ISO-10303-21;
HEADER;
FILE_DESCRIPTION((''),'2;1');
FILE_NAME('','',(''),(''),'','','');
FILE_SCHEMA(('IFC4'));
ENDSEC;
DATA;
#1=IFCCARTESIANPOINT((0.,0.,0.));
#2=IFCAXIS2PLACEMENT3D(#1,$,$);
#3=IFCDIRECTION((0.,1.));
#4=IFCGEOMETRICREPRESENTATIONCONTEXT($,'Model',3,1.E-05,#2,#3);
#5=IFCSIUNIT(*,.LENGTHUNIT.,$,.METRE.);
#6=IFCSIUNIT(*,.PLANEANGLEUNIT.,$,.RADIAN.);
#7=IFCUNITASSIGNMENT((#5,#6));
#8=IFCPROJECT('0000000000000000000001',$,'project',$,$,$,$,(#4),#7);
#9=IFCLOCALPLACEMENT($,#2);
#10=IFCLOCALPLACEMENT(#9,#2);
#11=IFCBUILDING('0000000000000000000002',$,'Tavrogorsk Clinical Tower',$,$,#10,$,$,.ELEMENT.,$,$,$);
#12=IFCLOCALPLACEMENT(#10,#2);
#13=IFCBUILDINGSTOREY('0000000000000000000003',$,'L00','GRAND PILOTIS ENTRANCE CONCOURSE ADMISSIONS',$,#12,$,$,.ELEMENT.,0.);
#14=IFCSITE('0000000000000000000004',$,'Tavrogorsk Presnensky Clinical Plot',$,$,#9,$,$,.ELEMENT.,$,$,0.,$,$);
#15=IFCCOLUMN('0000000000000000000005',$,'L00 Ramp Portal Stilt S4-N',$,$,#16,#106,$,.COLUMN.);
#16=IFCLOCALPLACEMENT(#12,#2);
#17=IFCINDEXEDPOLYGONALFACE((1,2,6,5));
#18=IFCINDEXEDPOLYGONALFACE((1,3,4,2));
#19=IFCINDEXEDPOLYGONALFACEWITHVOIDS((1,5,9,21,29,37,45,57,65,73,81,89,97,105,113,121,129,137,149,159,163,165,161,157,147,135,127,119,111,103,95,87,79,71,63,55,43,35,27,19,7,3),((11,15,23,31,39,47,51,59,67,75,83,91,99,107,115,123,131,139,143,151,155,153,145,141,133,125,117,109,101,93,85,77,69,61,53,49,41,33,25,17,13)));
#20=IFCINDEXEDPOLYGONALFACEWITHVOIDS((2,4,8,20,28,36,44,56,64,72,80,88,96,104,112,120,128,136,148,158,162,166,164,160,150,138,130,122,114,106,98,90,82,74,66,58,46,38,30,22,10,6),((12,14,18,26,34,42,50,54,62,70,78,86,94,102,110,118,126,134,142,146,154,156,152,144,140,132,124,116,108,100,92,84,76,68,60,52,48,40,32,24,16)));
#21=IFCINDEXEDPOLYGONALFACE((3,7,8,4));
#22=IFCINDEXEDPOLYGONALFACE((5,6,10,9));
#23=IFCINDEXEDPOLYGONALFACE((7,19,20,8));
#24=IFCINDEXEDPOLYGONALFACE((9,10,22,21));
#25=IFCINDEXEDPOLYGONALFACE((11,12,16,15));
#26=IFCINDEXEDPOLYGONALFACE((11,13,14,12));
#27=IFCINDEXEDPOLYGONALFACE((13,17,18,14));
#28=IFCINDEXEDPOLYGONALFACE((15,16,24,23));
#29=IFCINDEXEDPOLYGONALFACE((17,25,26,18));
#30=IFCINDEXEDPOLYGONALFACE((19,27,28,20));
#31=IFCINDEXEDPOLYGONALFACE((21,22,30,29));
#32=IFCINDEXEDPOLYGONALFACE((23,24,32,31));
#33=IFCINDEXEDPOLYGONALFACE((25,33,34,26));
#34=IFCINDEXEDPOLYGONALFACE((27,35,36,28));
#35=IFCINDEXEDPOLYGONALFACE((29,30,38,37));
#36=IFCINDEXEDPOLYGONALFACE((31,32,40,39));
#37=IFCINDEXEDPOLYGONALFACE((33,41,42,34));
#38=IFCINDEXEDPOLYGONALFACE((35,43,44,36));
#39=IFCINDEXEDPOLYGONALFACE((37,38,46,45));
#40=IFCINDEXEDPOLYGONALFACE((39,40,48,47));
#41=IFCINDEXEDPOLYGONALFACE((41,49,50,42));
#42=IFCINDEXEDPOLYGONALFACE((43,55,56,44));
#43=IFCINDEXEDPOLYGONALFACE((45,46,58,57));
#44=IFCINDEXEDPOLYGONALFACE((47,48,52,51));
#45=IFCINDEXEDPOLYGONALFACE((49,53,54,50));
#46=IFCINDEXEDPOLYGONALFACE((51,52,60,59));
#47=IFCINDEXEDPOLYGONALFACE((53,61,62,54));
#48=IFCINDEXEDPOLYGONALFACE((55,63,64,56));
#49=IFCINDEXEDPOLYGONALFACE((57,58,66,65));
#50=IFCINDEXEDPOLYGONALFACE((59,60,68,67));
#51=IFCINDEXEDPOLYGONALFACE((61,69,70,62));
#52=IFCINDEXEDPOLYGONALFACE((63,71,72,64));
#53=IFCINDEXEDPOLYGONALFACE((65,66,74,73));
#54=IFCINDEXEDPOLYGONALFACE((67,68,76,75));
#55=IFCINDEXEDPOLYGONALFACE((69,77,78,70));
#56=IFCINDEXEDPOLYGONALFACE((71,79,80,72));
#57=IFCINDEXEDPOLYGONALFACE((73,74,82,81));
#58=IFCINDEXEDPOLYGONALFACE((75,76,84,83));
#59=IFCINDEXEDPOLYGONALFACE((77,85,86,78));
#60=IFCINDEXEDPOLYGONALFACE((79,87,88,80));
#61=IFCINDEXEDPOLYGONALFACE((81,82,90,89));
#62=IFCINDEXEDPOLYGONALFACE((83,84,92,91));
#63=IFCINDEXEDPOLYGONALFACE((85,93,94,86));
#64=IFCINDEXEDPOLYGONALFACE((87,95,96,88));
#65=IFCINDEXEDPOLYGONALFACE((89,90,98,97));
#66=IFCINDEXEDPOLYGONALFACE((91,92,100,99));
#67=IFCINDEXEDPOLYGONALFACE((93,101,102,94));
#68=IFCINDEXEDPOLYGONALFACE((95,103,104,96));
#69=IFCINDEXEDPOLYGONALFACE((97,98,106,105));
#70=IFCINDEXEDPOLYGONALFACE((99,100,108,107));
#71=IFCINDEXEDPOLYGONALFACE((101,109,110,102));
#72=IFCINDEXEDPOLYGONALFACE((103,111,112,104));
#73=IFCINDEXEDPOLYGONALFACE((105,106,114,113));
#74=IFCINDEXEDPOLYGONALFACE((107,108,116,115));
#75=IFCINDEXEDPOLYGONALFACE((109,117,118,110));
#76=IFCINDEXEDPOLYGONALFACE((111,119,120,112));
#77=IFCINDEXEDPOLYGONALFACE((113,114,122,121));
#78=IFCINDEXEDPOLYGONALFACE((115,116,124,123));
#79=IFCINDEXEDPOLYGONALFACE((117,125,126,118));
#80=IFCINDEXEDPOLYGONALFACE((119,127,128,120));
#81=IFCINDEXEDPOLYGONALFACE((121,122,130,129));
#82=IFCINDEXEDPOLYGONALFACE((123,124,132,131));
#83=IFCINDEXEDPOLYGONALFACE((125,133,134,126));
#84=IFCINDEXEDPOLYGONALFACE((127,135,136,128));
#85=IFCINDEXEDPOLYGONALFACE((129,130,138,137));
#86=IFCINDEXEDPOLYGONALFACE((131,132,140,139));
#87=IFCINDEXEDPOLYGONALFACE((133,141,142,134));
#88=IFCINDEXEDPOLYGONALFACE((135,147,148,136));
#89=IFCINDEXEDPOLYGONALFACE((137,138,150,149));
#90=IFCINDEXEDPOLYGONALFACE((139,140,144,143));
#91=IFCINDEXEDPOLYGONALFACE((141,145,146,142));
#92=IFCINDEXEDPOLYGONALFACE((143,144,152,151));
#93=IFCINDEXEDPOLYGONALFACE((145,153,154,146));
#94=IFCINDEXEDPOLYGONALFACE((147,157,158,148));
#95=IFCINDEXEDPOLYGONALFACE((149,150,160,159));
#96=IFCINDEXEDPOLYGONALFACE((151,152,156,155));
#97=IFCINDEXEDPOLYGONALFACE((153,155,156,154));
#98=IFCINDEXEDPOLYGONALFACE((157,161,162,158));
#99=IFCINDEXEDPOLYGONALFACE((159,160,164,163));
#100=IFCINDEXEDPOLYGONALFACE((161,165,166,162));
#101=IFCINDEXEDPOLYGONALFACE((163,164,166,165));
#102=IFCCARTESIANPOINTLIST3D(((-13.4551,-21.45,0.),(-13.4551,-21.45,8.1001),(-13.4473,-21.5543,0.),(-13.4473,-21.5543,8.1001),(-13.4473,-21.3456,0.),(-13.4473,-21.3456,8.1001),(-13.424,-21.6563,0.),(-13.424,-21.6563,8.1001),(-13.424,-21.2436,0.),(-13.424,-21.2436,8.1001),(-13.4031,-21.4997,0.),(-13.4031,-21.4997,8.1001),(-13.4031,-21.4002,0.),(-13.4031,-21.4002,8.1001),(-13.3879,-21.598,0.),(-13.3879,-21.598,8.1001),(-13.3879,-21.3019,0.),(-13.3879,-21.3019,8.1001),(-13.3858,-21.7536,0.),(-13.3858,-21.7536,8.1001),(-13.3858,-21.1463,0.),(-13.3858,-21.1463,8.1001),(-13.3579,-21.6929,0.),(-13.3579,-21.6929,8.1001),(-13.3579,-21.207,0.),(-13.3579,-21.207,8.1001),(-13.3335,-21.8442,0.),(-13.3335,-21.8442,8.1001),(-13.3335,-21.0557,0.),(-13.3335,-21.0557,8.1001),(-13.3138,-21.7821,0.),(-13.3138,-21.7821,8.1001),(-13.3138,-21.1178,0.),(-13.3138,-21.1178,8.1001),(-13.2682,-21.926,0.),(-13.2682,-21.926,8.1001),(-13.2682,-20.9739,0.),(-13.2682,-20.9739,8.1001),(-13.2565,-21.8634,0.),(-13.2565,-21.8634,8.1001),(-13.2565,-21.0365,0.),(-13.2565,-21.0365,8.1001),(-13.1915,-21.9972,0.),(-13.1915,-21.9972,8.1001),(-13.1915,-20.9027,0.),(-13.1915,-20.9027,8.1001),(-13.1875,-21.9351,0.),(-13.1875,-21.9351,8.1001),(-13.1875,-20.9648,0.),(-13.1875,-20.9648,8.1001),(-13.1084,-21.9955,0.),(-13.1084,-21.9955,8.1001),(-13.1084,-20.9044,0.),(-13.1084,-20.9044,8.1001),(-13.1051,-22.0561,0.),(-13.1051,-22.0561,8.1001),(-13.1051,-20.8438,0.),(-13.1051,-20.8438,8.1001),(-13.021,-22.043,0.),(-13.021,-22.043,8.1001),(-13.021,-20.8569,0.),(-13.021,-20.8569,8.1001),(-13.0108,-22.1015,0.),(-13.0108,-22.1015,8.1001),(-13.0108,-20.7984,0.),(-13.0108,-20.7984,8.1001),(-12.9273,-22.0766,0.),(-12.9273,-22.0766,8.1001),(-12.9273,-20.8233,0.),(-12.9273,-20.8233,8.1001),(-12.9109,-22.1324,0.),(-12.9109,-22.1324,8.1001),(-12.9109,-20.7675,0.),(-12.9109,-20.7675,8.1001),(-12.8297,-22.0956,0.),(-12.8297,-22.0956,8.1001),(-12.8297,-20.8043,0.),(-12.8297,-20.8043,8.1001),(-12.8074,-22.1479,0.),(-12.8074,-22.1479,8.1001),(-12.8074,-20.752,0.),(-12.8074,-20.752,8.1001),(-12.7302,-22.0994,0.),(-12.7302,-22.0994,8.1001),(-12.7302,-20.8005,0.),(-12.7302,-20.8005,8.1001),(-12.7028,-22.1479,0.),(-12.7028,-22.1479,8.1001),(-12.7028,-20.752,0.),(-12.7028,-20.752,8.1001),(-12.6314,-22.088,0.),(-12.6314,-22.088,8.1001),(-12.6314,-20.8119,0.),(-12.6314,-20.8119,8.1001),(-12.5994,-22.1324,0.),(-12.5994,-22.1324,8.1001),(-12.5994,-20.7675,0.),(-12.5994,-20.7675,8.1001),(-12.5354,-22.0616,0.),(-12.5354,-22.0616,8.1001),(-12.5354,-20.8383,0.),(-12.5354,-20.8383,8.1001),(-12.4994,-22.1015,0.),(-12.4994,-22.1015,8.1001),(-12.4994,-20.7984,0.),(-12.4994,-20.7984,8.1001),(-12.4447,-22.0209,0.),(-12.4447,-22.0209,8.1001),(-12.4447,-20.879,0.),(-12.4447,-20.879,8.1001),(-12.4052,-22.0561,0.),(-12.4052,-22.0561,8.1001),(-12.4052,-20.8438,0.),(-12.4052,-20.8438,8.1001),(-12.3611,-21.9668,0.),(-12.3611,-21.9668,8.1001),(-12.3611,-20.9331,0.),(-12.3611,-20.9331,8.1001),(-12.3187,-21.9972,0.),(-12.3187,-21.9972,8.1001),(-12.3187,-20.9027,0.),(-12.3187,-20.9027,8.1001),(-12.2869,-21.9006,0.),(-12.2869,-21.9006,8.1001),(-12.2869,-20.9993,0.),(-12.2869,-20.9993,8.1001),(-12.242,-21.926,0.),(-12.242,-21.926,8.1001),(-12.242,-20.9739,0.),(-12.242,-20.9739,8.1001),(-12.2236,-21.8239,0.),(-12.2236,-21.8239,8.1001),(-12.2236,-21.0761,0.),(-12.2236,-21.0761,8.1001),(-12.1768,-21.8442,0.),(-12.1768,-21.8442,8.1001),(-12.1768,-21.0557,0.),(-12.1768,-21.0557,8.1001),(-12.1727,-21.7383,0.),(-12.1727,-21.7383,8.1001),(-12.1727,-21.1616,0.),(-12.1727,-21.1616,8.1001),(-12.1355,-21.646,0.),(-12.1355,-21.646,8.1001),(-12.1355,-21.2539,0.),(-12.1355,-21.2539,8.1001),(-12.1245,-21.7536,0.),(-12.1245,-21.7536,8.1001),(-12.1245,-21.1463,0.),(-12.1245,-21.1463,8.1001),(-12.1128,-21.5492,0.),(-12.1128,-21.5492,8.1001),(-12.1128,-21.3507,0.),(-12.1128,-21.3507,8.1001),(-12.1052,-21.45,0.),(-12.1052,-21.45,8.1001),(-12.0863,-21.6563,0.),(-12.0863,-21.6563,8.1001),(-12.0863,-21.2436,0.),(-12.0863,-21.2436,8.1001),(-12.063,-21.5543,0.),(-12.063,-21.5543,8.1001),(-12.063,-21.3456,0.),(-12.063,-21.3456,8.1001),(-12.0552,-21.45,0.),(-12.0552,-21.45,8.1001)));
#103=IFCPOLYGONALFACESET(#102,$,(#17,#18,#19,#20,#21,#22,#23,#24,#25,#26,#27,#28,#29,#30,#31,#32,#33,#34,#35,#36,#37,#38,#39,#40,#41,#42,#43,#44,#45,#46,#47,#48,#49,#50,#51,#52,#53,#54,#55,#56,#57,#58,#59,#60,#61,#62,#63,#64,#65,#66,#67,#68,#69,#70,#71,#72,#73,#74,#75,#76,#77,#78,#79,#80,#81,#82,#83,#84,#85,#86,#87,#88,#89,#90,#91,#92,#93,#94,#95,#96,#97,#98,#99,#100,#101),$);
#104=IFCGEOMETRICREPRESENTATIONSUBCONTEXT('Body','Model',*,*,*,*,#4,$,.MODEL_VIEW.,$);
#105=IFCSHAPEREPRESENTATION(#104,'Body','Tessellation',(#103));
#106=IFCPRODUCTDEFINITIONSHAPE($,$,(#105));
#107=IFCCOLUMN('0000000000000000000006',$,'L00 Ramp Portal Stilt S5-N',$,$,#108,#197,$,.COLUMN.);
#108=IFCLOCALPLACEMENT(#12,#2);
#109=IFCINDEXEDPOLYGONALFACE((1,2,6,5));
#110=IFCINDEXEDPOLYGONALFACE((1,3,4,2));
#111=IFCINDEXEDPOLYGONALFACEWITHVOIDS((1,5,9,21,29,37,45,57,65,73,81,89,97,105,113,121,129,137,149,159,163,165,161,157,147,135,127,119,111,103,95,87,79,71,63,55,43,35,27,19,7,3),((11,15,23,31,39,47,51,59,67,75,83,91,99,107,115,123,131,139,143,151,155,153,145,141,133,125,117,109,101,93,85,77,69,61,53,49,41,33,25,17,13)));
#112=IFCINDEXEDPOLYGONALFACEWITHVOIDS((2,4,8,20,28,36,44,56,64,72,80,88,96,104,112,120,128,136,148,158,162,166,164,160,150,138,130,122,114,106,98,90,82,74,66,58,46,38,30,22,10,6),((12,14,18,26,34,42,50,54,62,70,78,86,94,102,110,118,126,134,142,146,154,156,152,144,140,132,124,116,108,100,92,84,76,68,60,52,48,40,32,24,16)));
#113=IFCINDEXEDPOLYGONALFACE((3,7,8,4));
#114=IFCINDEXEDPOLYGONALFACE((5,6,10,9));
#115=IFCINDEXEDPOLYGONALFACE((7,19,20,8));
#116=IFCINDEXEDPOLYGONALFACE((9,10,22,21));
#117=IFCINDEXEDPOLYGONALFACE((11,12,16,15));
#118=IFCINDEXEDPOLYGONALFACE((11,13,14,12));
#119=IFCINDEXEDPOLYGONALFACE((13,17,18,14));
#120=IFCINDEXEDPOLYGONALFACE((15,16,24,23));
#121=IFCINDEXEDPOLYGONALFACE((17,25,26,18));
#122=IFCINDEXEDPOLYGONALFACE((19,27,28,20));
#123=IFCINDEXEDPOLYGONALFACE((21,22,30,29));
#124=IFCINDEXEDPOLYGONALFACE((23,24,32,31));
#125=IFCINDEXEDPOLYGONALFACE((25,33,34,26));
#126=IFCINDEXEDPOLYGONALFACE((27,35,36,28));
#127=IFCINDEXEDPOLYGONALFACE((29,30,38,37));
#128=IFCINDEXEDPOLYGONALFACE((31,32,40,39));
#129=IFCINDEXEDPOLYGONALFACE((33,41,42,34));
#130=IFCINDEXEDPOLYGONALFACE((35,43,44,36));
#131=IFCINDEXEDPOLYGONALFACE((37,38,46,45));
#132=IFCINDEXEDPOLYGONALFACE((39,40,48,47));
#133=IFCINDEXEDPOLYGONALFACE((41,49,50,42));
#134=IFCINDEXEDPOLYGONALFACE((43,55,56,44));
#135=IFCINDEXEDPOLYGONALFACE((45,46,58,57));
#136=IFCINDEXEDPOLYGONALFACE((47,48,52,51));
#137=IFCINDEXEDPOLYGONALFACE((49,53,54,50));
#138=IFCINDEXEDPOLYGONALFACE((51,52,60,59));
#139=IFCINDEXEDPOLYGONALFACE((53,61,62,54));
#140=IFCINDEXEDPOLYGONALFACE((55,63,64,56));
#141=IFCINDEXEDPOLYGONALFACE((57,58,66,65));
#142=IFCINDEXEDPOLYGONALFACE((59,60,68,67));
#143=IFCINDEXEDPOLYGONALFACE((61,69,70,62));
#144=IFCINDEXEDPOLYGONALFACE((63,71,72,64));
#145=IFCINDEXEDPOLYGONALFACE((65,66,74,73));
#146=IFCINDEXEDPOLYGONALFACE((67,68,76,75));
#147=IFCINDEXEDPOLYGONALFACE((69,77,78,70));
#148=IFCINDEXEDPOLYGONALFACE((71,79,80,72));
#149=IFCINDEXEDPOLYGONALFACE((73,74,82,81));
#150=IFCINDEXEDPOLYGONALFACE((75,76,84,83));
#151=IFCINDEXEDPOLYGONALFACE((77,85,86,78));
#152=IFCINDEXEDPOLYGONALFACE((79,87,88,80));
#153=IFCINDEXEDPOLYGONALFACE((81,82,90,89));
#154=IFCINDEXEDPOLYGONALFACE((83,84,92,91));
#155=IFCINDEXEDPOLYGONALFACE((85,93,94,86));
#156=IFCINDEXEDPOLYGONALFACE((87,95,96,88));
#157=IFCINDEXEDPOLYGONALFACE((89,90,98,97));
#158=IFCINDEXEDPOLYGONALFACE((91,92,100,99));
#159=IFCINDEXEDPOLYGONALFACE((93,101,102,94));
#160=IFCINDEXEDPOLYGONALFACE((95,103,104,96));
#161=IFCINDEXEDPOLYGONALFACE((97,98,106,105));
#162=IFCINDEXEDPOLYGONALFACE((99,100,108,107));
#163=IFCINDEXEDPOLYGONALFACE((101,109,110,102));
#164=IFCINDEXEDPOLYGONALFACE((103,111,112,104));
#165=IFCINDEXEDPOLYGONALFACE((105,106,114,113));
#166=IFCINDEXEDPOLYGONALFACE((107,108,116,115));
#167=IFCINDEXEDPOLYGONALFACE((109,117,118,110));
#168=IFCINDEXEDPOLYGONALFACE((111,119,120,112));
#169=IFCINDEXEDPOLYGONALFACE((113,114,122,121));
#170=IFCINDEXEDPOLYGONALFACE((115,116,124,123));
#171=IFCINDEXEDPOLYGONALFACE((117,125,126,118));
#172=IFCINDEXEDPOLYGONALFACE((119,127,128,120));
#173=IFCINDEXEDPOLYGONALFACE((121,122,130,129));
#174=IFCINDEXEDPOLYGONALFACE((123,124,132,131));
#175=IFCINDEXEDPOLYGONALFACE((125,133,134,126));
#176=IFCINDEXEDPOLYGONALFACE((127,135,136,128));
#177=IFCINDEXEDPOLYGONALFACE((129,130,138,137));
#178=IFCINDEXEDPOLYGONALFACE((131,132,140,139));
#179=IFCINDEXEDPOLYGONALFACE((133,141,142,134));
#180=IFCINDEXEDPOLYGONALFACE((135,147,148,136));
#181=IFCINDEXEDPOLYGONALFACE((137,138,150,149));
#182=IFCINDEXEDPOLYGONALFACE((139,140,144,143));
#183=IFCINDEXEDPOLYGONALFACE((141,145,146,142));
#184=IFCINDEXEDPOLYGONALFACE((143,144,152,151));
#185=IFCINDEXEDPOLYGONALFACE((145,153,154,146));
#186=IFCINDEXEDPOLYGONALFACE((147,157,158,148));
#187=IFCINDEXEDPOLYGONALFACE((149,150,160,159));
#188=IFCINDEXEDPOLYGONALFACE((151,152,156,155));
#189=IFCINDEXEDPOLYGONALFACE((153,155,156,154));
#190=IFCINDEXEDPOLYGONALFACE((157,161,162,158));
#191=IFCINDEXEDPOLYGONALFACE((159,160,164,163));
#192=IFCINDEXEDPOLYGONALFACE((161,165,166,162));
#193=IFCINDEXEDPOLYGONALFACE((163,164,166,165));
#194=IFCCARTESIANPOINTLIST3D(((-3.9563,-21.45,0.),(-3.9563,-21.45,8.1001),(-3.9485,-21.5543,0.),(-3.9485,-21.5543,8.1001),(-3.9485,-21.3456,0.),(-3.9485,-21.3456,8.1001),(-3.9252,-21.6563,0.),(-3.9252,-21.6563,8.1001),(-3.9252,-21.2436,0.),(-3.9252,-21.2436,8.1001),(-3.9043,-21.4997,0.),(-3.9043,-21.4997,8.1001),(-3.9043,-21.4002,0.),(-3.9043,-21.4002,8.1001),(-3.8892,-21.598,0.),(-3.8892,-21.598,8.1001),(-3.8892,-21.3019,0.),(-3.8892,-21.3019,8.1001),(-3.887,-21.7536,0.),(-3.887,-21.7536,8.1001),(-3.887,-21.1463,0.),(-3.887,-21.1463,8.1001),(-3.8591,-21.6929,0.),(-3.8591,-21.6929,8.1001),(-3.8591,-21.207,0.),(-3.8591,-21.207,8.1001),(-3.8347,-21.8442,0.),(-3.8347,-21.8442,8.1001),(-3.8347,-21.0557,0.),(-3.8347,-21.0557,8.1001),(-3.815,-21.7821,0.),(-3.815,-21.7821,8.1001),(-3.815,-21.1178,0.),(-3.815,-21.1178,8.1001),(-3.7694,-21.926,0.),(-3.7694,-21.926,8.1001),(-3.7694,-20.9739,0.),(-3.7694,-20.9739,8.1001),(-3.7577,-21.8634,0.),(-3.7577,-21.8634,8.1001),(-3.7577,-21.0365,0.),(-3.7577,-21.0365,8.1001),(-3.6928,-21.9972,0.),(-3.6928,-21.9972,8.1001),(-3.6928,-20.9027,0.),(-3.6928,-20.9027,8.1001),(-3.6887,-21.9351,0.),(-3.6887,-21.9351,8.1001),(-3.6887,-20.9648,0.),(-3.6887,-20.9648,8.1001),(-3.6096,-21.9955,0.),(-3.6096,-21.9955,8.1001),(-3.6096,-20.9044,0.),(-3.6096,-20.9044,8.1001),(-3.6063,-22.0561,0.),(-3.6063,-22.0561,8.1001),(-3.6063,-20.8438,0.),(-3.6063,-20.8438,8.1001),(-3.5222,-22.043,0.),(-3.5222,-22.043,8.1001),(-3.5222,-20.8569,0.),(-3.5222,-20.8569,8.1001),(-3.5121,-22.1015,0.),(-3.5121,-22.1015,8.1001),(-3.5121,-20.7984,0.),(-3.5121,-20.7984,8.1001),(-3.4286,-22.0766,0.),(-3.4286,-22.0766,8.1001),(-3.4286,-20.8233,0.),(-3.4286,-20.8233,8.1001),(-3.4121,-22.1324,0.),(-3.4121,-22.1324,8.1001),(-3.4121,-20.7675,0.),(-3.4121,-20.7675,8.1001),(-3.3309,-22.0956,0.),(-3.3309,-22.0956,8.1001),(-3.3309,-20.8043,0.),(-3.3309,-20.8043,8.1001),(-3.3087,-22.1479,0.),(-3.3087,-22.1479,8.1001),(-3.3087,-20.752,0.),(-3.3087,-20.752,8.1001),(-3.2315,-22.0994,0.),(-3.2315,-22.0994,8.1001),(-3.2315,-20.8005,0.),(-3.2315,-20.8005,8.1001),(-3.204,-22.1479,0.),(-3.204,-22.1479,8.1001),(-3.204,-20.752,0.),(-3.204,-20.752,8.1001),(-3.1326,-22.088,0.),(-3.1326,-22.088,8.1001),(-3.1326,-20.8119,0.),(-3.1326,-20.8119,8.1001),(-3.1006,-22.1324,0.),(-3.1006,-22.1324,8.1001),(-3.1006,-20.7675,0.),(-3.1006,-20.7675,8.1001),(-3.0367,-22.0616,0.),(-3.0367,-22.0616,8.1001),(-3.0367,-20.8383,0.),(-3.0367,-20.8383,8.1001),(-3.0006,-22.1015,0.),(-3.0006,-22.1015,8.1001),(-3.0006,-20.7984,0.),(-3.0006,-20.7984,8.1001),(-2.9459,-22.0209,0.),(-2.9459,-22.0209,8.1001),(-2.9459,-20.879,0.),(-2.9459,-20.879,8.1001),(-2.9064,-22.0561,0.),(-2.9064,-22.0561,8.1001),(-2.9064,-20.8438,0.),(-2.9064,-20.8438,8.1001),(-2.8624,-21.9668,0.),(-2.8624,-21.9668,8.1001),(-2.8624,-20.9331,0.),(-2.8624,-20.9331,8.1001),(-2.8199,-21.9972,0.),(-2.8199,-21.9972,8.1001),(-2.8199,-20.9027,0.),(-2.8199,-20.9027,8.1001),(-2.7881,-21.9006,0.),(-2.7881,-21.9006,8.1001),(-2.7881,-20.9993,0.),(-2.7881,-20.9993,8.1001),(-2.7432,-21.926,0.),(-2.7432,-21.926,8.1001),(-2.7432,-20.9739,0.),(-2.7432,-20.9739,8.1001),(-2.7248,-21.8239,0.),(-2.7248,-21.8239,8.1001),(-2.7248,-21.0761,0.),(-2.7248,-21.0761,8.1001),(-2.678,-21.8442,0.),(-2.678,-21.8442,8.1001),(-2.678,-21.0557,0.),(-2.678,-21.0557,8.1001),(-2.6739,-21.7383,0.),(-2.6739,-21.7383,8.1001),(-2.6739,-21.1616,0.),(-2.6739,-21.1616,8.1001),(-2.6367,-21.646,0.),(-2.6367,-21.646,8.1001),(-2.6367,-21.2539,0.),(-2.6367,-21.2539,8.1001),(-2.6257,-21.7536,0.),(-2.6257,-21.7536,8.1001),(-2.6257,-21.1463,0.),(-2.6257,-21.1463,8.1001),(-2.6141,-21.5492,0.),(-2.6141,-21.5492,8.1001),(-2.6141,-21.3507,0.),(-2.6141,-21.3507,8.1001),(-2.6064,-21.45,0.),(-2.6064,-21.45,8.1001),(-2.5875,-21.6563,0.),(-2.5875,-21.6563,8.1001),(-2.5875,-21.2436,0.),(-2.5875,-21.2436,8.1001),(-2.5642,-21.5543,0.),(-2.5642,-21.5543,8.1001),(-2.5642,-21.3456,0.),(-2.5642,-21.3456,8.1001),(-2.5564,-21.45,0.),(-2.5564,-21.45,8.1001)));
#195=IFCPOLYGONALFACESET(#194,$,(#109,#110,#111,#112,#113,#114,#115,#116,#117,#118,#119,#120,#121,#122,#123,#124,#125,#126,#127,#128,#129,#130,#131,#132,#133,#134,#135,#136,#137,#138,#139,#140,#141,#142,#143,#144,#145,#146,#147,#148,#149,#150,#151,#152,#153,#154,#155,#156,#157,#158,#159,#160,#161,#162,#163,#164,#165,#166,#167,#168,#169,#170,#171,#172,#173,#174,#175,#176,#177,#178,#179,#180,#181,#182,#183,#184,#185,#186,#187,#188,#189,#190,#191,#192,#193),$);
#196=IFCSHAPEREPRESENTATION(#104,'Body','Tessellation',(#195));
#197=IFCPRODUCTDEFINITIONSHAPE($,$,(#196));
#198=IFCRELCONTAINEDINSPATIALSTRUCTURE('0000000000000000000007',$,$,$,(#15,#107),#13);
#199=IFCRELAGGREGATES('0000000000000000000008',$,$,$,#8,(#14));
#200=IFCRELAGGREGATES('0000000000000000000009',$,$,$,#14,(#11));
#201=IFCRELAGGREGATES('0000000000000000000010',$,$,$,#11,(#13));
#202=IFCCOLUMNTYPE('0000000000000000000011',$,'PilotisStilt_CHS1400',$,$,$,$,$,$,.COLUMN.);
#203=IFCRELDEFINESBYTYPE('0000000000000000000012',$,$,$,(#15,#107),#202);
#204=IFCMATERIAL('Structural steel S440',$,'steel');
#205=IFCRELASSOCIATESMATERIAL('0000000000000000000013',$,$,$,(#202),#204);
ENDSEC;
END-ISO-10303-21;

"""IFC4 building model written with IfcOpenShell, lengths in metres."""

from ifc_helpers import new_model, si_unit, direction, frame, origin, origin_2d, place, context, subcontext, project, spatial, hollow_circle, extrude, material, material_profile, profile_set, type_object, element, save


model = new_model("IFC4")

# Units and contexts
model_context = context("Model", 3, precision=1e-05, world=origin(), true_north=direction((0.0, 1.0)))
body_context = subcontext(model_context, "Body", "Model", "MODEL_VIEW")
ifc_project = project(units=[si_unit("LENGTHUNIT", "METRE"), si_unit("PLANEANGLEUNIT", "RADIAN")], contexts=[model_context])

# Site, building, storey
site_placement = place(None, origin())
site = spatial("IfcSite", under=ifc_project, at=site_placement, Name="Tavrogorsk Presnensky Clinical Plot", CompositionType="ELEMENT", RefElevation=0.0)
building_placement = place(site_placement, origin())
building = spatial("IfcBuilding", under=site, at=building_placement, Name="Tavrogorsk Clinical Tower", CompositionType="ELEMENT")
storey_placement = place(building_placement, origin())
storey = spatial("IfcBuildingStorey", under=building, at=storey_placement, Name="L00", Description="GRAND PILOTIS ENTRANCE CONCOURSE ADMISSIONS", CompositionType="ELEMENT", Elevation=0.0)

# Columns
ifc_material_1 = material(Name="Structural steel S440", Category="steel")
ifc_material_profile_1 = material_profile(ifc_material_1, hollow_circle(Radius=0.7, WallThickness=0.05, at=origin_2d()), Name="CHS-1400x50")
ifc_profile_set_1 = profile_set([ifc_material_profile_1], Name="Structural steel S440")
column_type = type_object("IfcColumnType", Name="PilotisStilt_CHS1400", PredefinedType="COLUMN", material=ifc_profile_set_1)
for number, where, z_axis, x_axis, name in (
    (1, (-12.7551, -21.45, 0.0), (0.0, 0.0, 1.0), (1.0, 0.0, 0.0), "L00 Ramp Portal Stilt S4-N"),
    (2, (-3.2563, -21.45, 0.0), (0.0, 0.0, 1.0), (1.0, 0.0, 0.0), "L00 Ramp Portal Stilt S5-N"),
):
    element("IfcColumn", number, at=place(storey_placement, frame(where, z_axis=z_axis, x_axis=x_axis)), inside=storey, type_object=column_type, Name=name, PredefinedType="COLUMN", context=body_context, shape_type="SweptSolid", body=[
        extrude(hollow_circle(Radius=0.7, WallThickness=0.05, at=origin_2d()), origin(), (0.0, 0.0, 1.0), 8.1001),
    ])

save(model, "model.ifc")
